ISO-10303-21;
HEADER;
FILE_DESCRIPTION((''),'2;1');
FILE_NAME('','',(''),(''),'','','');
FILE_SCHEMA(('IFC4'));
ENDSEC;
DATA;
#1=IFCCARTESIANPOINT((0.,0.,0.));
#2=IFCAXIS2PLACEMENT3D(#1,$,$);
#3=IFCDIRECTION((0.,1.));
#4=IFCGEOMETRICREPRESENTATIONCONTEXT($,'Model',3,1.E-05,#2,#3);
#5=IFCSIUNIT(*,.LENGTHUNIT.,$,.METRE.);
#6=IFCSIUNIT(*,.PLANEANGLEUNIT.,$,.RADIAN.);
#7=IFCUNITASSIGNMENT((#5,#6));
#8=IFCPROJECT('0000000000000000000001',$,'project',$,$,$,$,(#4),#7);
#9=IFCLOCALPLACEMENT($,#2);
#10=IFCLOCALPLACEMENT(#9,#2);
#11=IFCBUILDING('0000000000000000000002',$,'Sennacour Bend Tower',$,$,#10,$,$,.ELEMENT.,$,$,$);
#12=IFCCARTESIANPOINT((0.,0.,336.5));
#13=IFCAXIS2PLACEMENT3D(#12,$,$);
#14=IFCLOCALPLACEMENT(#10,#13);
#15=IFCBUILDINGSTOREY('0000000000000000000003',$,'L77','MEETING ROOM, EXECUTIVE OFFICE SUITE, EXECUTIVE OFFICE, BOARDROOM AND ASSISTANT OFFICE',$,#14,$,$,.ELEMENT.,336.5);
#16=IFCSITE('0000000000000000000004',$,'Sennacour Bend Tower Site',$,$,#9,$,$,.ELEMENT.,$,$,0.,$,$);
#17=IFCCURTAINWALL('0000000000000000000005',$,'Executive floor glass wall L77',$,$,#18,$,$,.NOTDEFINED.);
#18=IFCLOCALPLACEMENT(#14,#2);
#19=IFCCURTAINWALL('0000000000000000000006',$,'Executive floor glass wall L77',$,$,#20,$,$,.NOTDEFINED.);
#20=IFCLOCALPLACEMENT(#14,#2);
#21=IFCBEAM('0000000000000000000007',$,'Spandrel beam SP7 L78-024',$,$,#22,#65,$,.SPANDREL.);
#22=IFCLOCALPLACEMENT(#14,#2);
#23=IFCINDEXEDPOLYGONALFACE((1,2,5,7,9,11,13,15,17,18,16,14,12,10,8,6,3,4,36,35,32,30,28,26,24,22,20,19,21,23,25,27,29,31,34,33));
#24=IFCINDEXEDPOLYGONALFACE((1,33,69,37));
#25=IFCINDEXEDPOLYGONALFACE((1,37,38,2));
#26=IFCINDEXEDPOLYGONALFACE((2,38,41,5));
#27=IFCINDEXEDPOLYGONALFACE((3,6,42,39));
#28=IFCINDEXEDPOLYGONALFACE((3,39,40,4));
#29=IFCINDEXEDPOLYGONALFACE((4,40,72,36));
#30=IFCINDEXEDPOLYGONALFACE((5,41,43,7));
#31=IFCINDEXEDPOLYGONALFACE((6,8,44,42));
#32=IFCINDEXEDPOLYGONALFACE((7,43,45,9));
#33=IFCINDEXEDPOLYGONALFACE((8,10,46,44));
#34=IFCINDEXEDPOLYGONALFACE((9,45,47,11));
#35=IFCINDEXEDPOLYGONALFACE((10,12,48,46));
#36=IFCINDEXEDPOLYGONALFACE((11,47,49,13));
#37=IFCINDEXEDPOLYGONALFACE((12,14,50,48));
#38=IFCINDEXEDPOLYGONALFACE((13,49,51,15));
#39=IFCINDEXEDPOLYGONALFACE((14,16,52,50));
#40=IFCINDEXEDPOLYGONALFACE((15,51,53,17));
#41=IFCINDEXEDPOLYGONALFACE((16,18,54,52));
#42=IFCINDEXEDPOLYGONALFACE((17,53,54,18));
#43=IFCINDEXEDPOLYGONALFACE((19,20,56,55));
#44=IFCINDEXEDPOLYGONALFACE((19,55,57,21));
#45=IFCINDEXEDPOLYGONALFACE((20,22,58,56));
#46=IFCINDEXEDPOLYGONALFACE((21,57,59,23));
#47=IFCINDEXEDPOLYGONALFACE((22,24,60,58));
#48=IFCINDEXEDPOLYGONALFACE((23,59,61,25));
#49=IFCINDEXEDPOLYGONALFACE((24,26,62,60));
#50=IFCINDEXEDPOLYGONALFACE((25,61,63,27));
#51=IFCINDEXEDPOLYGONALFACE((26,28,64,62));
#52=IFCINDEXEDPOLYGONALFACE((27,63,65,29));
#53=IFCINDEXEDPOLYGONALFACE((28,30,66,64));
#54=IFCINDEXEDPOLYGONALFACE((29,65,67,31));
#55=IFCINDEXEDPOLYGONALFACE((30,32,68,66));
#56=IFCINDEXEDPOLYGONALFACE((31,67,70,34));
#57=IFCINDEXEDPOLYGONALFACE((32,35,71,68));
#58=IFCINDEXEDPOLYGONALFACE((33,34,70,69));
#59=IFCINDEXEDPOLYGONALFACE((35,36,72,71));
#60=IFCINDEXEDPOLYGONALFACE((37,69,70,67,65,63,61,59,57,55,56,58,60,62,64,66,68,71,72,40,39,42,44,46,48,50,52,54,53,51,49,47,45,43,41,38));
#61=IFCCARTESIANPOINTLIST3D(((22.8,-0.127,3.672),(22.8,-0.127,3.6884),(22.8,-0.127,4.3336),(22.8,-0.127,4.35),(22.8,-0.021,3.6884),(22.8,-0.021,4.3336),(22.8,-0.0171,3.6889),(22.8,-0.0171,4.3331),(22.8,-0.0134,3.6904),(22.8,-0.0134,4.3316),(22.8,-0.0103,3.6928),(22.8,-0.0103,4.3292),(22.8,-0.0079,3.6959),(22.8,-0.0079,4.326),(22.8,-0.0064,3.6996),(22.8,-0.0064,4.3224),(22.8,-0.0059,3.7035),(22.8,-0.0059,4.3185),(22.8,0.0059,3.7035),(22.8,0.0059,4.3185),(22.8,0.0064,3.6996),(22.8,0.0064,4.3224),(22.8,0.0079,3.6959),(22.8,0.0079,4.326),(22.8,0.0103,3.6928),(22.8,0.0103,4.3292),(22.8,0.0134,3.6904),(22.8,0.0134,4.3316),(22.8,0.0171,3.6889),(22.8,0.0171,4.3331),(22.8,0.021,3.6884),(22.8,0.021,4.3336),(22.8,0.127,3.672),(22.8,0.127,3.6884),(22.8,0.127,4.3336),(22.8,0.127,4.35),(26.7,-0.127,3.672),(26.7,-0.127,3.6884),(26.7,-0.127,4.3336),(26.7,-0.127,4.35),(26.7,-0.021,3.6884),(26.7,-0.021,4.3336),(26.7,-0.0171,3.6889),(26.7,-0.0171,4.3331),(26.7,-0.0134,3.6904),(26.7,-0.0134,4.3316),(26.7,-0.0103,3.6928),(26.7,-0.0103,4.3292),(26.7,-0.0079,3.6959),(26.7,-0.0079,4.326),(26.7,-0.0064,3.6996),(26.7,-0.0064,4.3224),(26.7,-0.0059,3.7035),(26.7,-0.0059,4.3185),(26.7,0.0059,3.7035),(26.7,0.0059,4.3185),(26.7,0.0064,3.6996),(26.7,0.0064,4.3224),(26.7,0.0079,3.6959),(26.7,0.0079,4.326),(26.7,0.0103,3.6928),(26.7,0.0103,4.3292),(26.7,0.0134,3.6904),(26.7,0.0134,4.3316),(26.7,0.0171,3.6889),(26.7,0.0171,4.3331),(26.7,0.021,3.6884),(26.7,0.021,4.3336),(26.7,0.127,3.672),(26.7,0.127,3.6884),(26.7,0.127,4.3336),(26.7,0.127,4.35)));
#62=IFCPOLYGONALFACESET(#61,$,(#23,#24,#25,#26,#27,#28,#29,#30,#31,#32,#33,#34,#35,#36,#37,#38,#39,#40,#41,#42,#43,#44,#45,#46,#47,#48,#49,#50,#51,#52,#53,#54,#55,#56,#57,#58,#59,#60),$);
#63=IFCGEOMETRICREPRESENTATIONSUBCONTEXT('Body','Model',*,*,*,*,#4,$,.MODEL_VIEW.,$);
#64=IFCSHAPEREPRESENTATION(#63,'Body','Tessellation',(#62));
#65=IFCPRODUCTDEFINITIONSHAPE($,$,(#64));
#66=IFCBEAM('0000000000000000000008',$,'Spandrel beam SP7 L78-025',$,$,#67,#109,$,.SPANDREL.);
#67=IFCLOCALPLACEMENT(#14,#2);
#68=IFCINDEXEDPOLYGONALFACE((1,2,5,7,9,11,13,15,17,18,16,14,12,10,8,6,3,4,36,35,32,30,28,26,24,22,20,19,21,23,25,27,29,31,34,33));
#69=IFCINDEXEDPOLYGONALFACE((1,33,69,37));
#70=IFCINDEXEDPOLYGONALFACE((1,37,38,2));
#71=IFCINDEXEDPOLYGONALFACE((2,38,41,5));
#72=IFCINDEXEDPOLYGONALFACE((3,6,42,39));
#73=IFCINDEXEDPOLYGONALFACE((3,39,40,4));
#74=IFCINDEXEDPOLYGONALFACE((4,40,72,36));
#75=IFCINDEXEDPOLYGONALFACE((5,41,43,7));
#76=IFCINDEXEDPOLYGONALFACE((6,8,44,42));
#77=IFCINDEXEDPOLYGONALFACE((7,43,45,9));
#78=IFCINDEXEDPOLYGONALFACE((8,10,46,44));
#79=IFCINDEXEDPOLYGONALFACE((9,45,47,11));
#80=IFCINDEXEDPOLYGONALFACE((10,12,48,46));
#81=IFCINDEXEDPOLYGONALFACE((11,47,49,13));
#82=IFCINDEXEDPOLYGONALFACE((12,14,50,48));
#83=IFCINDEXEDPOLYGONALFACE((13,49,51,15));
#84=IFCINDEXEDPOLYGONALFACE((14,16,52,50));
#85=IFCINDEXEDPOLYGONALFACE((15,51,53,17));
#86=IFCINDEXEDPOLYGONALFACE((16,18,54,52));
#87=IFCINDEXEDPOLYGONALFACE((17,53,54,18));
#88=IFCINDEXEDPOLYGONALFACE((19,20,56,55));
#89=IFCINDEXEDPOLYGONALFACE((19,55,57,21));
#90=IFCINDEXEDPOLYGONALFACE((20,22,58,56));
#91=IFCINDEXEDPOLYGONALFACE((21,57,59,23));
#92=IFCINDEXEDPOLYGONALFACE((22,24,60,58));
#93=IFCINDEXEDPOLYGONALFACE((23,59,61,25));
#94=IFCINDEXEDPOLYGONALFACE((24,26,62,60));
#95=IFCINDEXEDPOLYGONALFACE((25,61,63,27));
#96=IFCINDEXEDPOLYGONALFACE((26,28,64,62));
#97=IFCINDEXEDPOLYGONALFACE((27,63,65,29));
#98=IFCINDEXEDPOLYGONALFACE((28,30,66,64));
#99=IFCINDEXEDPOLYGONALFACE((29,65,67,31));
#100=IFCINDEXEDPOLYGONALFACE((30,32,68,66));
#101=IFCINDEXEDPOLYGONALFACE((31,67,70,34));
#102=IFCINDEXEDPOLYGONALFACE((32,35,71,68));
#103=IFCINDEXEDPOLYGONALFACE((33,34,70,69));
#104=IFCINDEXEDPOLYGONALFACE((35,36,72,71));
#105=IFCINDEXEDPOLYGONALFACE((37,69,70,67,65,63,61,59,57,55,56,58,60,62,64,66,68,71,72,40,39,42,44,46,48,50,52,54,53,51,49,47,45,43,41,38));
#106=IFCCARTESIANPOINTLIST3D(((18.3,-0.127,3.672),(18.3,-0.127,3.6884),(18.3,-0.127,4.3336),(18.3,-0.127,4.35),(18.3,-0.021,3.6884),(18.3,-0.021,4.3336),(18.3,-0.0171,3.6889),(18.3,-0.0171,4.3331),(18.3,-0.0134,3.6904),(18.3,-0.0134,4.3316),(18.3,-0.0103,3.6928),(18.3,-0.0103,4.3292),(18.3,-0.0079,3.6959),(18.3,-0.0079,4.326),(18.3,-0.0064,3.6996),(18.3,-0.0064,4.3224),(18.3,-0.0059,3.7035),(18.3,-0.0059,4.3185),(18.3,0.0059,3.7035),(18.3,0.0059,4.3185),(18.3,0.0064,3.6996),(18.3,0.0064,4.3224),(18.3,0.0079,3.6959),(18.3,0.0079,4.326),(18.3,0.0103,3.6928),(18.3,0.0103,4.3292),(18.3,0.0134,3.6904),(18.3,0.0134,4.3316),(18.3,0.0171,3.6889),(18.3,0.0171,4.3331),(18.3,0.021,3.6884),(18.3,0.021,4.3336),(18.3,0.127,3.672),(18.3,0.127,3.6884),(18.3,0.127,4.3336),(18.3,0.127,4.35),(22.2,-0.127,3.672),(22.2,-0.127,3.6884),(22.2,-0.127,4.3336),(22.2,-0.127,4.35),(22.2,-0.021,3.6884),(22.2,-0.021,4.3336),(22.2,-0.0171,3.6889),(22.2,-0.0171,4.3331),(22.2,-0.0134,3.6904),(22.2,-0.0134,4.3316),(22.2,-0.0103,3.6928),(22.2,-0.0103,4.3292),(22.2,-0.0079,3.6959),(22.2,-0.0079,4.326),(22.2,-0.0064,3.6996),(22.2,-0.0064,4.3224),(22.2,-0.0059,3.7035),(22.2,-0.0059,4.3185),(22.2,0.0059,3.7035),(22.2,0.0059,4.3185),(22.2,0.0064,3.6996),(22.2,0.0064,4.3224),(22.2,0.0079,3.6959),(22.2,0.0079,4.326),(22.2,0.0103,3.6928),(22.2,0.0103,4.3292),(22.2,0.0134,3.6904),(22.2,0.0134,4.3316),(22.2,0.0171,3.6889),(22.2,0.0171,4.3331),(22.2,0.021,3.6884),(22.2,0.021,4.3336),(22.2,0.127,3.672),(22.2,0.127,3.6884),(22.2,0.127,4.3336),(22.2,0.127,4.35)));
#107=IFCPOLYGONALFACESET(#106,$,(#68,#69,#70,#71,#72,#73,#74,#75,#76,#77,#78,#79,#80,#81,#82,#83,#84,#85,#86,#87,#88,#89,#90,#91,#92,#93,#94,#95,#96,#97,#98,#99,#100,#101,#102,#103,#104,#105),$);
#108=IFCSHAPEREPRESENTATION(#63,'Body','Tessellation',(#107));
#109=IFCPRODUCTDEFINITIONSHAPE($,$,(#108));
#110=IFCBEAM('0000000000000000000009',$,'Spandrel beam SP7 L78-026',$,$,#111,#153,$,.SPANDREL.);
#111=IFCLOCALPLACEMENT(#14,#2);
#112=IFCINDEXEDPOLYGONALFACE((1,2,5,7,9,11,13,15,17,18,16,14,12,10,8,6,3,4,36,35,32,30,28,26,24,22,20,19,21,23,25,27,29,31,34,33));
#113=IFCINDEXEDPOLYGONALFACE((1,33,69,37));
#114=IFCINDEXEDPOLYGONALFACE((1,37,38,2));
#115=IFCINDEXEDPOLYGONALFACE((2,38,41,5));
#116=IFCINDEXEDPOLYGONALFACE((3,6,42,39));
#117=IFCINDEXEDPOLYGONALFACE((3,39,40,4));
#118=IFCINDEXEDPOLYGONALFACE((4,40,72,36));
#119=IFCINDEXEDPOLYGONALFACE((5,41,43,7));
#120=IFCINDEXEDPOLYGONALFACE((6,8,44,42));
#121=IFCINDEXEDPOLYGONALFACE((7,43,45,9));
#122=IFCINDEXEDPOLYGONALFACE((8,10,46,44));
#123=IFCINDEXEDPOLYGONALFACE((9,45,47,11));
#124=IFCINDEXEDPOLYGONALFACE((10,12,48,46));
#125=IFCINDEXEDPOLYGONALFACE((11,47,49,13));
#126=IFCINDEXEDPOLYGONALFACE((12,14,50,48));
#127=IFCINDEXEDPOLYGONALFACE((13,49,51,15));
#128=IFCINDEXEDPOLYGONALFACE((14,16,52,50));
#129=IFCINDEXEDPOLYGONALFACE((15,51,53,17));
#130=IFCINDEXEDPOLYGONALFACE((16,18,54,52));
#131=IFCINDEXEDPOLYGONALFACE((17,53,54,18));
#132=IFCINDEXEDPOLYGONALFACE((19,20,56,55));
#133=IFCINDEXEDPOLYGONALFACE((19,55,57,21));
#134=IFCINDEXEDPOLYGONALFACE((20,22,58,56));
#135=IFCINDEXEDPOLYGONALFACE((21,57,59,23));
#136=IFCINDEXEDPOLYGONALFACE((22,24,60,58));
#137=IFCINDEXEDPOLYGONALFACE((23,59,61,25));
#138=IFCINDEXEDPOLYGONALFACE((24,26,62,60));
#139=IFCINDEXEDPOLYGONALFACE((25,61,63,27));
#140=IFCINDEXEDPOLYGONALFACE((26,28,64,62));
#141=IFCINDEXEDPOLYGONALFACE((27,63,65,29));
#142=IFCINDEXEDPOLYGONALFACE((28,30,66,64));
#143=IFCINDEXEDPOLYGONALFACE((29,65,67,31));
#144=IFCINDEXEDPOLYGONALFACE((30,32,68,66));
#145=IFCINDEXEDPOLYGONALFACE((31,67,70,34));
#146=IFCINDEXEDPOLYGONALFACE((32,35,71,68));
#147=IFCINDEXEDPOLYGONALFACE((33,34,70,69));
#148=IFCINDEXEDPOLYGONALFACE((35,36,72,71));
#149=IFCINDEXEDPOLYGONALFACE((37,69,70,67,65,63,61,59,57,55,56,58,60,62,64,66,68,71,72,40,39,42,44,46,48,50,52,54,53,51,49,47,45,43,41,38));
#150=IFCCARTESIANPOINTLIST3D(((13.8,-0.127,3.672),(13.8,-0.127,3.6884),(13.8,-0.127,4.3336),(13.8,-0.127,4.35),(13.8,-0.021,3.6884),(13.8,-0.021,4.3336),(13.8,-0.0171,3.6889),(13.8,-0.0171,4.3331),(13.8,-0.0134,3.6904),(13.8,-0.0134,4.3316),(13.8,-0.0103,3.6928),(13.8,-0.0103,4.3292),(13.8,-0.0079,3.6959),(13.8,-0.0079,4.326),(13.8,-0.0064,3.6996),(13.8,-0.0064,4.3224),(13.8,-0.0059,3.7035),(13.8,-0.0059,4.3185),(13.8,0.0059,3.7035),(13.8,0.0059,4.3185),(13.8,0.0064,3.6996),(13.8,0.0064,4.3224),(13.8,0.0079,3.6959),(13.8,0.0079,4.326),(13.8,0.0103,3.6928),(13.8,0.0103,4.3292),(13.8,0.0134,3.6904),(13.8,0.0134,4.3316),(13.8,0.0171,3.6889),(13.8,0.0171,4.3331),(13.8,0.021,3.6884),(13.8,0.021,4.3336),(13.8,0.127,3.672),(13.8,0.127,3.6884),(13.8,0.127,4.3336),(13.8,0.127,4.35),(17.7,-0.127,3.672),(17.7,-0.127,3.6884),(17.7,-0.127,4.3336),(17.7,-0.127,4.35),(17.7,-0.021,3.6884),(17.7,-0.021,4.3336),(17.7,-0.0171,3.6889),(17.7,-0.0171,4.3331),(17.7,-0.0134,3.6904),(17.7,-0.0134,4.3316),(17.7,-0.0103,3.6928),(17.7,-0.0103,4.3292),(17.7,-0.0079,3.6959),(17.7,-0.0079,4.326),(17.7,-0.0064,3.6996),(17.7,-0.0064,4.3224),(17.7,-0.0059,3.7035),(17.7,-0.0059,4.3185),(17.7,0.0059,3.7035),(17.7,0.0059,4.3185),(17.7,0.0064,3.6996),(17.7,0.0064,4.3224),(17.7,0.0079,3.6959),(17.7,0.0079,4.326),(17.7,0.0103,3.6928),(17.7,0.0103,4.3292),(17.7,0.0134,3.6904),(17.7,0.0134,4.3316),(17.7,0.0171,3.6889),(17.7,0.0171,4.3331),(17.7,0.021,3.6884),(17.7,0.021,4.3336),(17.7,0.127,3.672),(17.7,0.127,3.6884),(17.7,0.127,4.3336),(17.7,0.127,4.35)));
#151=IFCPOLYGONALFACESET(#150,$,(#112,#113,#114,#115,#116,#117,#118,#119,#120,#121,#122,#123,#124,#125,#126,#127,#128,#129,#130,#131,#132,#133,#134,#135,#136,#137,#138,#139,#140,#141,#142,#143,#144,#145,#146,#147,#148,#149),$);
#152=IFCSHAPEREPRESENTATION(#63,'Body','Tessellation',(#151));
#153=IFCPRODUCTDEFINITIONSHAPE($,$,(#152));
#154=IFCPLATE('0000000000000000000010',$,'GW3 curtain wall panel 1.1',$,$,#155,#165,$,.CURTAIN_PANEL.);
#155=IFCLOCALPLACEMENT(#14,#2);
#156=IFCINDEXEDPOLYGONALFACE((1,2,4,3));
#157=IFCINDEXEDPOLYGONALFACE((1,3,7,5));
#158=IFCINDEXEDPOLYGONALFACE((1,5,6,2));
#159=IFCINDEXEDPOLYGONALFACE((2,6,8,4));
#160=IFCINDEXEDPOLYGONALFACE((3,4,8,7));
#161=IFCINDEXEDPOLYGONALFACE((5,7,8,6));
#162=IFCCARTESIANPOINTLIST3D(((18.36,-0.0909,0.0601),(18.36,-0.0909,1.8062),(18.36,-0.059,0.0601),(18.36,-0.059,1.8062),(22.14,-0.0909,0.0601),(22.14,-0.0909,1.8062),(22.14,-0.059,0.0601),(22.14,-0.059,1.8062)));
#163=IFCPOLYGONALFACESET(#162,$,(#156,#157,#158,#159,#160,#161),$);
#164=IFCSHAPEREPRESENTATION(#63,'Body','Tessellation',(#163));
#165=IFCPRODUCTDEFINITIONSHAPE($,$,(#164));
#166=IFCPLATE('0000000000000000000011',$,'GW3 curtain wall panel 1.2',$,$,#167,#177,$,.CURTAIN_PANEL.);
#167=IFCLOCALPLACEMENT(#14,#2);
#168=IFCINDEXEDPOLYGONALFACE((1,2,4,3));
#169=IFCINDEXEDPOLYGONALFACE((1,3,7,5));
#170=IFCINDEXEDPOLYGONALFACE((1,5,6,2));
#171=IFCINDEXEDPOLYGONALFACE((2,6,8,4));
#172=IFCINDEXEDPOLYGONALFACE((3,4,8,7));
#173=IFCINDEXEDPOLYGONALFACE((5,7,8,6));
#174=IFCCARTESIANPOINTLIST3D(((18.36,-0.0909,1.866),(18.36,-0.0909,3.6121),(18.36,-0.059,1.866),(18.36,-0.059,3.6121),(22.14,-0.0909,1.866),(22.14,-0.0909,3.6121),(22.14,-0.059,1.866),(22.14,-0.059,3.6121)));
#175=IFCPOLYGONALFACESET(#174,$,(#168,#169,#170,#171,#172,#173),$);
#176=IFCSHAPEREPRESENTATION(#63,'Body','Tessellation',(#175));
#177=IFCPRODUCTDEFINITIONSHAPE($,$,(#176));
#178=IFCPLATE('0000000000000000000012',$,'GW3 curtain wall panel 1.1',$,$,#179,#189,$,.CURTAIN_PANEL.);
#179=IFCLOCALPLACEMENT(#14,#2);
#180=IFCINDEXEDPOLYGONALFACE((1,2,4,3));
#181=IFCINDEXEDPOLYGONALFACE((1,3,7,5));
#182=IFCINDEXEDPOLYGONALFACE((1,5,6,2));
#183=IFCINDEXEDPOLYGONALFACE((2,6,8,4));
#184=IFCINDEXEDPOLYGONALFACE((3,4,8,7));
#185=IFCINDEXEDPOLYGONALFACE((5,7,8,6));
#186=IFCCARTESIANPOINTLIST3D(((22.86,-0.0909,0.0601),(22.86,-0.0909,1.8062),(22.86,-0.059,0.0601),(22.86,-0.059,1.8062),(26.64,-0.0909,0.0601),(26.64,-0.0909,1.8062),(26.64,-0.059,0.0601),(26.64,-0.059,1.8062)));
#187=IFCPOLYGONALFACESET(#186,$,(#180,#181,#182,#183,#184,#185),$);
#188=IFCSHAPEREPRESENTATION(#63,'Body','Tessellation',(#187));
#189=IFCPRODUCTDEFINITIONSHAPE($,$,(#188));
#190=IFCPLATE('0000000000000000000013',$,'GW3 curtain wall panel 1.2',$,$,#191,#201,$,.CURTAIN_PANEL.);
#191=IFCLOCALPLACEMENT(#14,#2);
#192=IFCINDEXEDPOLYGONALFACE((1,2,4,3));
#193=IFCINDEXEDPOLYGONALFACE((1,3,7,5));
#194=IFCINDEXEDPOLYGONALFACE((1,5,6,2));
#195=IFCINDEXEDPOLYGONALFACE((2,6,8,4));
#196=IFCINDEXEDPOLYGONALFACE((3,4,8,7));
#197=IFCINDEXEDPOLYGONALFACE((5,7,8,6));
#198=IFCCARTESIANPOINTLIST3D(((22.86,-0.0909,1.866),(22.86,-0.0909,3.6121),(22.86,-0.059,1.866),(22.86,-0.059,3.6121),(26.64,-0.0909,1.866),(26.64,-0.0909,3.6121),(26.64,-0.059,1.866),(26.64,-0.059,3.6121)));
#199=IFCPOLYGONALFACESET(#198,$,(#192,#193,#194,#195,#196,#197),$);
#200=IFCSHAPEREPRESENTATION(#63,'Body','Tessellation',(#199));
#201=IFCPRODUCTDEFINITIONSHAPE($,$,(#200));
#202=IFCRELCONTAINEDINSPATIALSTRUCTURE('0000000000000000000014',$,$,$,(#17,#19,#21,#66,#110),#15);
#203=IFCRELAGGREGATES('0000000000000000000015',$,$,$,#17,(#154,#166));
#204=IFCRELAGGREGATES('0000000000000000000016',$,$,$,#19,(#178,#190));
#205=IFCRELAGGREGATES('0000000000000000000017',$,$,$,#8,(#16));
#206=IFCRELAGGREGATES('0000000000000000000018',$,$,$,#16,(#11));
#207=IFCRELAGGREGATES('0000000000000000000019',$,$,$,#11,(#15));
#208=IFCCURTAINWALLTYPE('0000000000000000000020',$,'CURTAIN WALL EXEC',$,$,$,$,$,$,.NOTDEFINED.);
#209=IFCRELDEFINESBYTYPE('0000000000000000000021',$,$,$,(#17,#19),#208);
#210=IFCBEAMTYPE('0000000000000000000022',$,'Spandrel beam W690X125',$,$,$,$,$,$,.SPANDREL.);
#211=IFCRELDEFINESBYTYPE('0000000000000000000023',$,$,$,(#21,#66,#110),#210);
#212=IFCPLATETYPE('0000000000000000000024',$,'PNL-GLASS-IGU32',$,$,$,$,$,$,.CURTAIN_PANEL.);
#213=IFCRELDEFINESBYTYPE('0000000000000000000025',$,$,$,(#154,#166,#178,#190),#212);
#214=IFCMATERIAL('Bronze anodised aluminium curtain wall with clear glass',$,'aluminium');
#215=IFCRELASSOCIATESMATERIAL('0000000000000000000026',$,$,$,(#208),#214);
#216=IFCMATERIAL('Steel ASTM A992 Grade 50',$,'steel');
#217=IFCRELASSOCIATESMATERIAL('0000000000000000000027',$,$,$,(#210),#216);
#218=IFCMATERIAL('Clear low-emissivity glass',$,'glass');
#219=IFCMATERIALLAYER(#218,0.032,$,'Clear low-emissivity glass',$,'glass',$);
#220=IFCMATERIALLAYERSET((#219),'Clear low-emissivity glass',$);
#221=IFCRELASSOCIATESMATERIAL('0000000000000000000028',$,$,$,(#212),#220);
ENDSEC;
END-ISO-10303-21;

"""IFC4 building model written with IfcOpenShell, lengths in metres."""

from ifc_helpers import new_model, si_unit, direction, frame, origin, origin_2d, place, context, subcontext, project, spatial, rectangle, i_section, extrude, material, layer, layer_set, material_profile, profile_set, type_object, element, aggregate, save


model = new_model("IFC4")

# Units and contexts
model_context = context("Model", 3, precision=1e-05, world=origin(), true_north=direction((0.0, 1.0)))
body_context = subcontext(model_context, "Body", "Model", "MODEL_VIEW")
ifc_project = project(units=[si_unit("LENGTHUNIT", "METRE"), si_unit("PLANEANGLEUNIT", "RADIAN")], contexts=[model_context])

# Site, building, storey
site_placement = place(None, origin())
site = spatial("IfcSite", under=ifc_project, at=site_placement, Name="Sennacour Bend Tower Site", CompositionType="ELEMENT", RefElevation=0.0)
building_placement = place(site_placement, origin())
building = spatial("IfcBuilding", under=site, at=building_placement, Name="Sennacour Bend Tower", CompositionType="ELEMENT")
storey_placement = place(building_placement, frame((0.0, 0.0, 336.5)))
storey = spatial("IfcBuildingStorey", under=building, at=storey_placement, Name="L77", Description="MEETING ROOM, EXECUTIVE OFFICE SUITE, EXECUTIVE OFFICE, BOARDROOM AND ASSISTANT OFFICE", CompositionType="ELEMENT", Elevation=336.5)

# Shared definitions
ifc_material_1 = material(Name="Bronze anodised aluminium curtain wall with clear glass", Category="aluminium")
curtain_wall_type = type_object("IfcCurtainWallType", Name="CURTAIN WALL EXEC", PredefinedType="NOTDEFINED", material=ifc_material_1)

# Curtain walls
curtain_wall_1_placement = place(storey_placement, origin())
curtain_wall_1 = element("IfcCurtainWall", 1, at=curtain_wall_1_placement, inside=storey, type_object=curtain_wall_type, Name="Executive floor glass wall L77", PredefinedType="NOTDEFINED")
curtain_wall_2_placement = place(storey_placement, origin())
curtain_wall_2 = element("IfcCurtainWall", 2, at=curtain_wall_2_placement, inside=storey, type_object=curtain_wall_type, Name="Executive floor glass wall L77", PredefinedType="NOTDEFINED")

# Beams
ifc_material_2 = material(Name="Steel ASTM A992 Grade 50", Category="steel")
ifc_material_profile_1 = material_profile(ifc_material_2, i_section(OverallWidth=0.2539, OverallDepth=0.678, WebThickness=0.0117, FlangeThickness=0.0164, FilletRadius=0.0151, at=origin_2d()), Name="Steel ASTM A992 Grade 50", Category="steel")
ifc_profile_set_1 = profile_set([ifc_material_profile_1], Name="Steel ASTM A992 Grade 50")
beam_type_1 = type_object("IfcBeamType", Name="Spandrel beam W690X125", PredefinedType="SPANDREL", material=ifc_profile_set_1)
for number, where, z_axis, x_axis, name in (
    (3, (26.7, 0.0, 4.011), (-1.0, 0.0, 0.0), (0.0, -1.0, 0.0), "Spandrel beam SP7 L78-024"),
    (4, (22.2, 0.0, 4.011), (-1.0, 0.0, 0.0), (0.0, -1.0, 0.0), "Spandrel beam SP7 L78-025"),
    (5, (17.7, 0.0, 4.011), (-1.0, 0.0, 0.0), (0.0, -1.0, 0.0), "Spandrel beam SP7 L78-026"),
):
    element("IfcBeam", number, at=place(storey_placement, frame(where, z_axis=z_axis, x_axis=x_axis)), inside=storey, type_object=beam_type_1, Name=name, PredefinedType="SPANDREL", context=body_context, shape_type="SweptSolid", body=[
        extrude(i_section(OverallWidth=0.2539, OverallDepth=0.678, WebThickness=0.0117, FlangeThickness=0.0164, FilletRadius=0.0151, at=origin_2d()), origin(), (0.0, 0.0, 1.0), 3.8999),
    ])

# Plates
ifc_material_3 = material(Name="Clear low-emissivity glass", Category="glass")
ifc_layer_1 = layer(ifc_material_3, 0.032, Name="Clear low-emissivity glass", Category="glass")
ifc_layer_set_1 = layer_set([ifc_layer_1], Name="Clear low-emissivity glass")
plate_type = type_object("IfcPlateType", Name="PNL-GLASS-IGU32", PredefinedType="CURTAIN_PANEL", material=ifc_layer_set_1)
plate_1_placement = place(storey_placement, frame((20.25, -0.075, 0.0601), z_axis=(0.0, 0.0, 1.0), x_axis=(1.0, 0.0, 0.0)))
plate_1 = element("IfcPlate", 6, at=plate_1_placement, type_object=plate_type, Name="GW3 curtain wall panel 1.1", PredefinedType="CURTAIN_PANEL", context=body_context, shape_type="SweptSolid", body=[
    extrude(rectangle(XDim=3.78, YDim=0.032, at=origin_2d()), origin(), (0.0, 0.0, 1.0), 1.7461),
])
plate_2_placement = place(storey_placement, frame((20.25, -0.075, 1.866), z_axis=(0.0, 0.0, 1.0), x_axis=(1.0, 0.0, 0.0)))
plate_2 = element("IfcPlate", 7, at=plate_2_placement, type_object=plate_type, Name="GW3 curtain wall panel 1.2", PredefinedType="CURTAIN_PANEL", context=body_context, shape_type="SweptSolid", body=[
    extrude(rectangle(XDim=3.78, YDim=0.032, at=origin_2d()), origin(), (0.0, 0.0, 1.0), 1.7461),
])
aggregate(curtain_wall_1, [plate_1, plate_2])
plate_3_placement = place(storey_placement, frame((24.75, -0.075, 0.0601), z_axis=(0.0, 0.0, 1.0), x_axis=(1.0, 0.0, 0.0)))
plate_3 = element("IfcPlate", 8, at=plate_3_placement, type_object=plate_type, Name="GW3 curtain wall panel 1.1", PredefinedType="CURTAIN_PANEL", context=body_context, shape_type="SweptSolid", body=[
    extrude(rectangle(XDim=3.78, YDim=0.032, at=origin_2d()), origin(), (0.0, 0.0, 1.0), 1.7461),
])
plate_4_placement = place(storey_placement, frame((24.75, -0.075, 1.866), z_axis=(0.0, 0.0, 1.0), x_axis=(1.0, 0.0, 0.0)))
plate_4 = element("IfcPlate", 9, at=plate_4_placement, type_object=plate_type, Name="GW3 curtain wall panel 1.2", PredefinedType="CURTAIN_PANEL", context=body_context, shape_type="SweptSolid", body=[
    extrude(rectangle(XDim=3.78, YDim=0.032, at=origin_2d()), origin(), (0.0, 0.0, 1.0), 1.7461),
])
aggregate(curtain_wall_2, [plate_3, plate_4])

save(model, "model.ifc")
